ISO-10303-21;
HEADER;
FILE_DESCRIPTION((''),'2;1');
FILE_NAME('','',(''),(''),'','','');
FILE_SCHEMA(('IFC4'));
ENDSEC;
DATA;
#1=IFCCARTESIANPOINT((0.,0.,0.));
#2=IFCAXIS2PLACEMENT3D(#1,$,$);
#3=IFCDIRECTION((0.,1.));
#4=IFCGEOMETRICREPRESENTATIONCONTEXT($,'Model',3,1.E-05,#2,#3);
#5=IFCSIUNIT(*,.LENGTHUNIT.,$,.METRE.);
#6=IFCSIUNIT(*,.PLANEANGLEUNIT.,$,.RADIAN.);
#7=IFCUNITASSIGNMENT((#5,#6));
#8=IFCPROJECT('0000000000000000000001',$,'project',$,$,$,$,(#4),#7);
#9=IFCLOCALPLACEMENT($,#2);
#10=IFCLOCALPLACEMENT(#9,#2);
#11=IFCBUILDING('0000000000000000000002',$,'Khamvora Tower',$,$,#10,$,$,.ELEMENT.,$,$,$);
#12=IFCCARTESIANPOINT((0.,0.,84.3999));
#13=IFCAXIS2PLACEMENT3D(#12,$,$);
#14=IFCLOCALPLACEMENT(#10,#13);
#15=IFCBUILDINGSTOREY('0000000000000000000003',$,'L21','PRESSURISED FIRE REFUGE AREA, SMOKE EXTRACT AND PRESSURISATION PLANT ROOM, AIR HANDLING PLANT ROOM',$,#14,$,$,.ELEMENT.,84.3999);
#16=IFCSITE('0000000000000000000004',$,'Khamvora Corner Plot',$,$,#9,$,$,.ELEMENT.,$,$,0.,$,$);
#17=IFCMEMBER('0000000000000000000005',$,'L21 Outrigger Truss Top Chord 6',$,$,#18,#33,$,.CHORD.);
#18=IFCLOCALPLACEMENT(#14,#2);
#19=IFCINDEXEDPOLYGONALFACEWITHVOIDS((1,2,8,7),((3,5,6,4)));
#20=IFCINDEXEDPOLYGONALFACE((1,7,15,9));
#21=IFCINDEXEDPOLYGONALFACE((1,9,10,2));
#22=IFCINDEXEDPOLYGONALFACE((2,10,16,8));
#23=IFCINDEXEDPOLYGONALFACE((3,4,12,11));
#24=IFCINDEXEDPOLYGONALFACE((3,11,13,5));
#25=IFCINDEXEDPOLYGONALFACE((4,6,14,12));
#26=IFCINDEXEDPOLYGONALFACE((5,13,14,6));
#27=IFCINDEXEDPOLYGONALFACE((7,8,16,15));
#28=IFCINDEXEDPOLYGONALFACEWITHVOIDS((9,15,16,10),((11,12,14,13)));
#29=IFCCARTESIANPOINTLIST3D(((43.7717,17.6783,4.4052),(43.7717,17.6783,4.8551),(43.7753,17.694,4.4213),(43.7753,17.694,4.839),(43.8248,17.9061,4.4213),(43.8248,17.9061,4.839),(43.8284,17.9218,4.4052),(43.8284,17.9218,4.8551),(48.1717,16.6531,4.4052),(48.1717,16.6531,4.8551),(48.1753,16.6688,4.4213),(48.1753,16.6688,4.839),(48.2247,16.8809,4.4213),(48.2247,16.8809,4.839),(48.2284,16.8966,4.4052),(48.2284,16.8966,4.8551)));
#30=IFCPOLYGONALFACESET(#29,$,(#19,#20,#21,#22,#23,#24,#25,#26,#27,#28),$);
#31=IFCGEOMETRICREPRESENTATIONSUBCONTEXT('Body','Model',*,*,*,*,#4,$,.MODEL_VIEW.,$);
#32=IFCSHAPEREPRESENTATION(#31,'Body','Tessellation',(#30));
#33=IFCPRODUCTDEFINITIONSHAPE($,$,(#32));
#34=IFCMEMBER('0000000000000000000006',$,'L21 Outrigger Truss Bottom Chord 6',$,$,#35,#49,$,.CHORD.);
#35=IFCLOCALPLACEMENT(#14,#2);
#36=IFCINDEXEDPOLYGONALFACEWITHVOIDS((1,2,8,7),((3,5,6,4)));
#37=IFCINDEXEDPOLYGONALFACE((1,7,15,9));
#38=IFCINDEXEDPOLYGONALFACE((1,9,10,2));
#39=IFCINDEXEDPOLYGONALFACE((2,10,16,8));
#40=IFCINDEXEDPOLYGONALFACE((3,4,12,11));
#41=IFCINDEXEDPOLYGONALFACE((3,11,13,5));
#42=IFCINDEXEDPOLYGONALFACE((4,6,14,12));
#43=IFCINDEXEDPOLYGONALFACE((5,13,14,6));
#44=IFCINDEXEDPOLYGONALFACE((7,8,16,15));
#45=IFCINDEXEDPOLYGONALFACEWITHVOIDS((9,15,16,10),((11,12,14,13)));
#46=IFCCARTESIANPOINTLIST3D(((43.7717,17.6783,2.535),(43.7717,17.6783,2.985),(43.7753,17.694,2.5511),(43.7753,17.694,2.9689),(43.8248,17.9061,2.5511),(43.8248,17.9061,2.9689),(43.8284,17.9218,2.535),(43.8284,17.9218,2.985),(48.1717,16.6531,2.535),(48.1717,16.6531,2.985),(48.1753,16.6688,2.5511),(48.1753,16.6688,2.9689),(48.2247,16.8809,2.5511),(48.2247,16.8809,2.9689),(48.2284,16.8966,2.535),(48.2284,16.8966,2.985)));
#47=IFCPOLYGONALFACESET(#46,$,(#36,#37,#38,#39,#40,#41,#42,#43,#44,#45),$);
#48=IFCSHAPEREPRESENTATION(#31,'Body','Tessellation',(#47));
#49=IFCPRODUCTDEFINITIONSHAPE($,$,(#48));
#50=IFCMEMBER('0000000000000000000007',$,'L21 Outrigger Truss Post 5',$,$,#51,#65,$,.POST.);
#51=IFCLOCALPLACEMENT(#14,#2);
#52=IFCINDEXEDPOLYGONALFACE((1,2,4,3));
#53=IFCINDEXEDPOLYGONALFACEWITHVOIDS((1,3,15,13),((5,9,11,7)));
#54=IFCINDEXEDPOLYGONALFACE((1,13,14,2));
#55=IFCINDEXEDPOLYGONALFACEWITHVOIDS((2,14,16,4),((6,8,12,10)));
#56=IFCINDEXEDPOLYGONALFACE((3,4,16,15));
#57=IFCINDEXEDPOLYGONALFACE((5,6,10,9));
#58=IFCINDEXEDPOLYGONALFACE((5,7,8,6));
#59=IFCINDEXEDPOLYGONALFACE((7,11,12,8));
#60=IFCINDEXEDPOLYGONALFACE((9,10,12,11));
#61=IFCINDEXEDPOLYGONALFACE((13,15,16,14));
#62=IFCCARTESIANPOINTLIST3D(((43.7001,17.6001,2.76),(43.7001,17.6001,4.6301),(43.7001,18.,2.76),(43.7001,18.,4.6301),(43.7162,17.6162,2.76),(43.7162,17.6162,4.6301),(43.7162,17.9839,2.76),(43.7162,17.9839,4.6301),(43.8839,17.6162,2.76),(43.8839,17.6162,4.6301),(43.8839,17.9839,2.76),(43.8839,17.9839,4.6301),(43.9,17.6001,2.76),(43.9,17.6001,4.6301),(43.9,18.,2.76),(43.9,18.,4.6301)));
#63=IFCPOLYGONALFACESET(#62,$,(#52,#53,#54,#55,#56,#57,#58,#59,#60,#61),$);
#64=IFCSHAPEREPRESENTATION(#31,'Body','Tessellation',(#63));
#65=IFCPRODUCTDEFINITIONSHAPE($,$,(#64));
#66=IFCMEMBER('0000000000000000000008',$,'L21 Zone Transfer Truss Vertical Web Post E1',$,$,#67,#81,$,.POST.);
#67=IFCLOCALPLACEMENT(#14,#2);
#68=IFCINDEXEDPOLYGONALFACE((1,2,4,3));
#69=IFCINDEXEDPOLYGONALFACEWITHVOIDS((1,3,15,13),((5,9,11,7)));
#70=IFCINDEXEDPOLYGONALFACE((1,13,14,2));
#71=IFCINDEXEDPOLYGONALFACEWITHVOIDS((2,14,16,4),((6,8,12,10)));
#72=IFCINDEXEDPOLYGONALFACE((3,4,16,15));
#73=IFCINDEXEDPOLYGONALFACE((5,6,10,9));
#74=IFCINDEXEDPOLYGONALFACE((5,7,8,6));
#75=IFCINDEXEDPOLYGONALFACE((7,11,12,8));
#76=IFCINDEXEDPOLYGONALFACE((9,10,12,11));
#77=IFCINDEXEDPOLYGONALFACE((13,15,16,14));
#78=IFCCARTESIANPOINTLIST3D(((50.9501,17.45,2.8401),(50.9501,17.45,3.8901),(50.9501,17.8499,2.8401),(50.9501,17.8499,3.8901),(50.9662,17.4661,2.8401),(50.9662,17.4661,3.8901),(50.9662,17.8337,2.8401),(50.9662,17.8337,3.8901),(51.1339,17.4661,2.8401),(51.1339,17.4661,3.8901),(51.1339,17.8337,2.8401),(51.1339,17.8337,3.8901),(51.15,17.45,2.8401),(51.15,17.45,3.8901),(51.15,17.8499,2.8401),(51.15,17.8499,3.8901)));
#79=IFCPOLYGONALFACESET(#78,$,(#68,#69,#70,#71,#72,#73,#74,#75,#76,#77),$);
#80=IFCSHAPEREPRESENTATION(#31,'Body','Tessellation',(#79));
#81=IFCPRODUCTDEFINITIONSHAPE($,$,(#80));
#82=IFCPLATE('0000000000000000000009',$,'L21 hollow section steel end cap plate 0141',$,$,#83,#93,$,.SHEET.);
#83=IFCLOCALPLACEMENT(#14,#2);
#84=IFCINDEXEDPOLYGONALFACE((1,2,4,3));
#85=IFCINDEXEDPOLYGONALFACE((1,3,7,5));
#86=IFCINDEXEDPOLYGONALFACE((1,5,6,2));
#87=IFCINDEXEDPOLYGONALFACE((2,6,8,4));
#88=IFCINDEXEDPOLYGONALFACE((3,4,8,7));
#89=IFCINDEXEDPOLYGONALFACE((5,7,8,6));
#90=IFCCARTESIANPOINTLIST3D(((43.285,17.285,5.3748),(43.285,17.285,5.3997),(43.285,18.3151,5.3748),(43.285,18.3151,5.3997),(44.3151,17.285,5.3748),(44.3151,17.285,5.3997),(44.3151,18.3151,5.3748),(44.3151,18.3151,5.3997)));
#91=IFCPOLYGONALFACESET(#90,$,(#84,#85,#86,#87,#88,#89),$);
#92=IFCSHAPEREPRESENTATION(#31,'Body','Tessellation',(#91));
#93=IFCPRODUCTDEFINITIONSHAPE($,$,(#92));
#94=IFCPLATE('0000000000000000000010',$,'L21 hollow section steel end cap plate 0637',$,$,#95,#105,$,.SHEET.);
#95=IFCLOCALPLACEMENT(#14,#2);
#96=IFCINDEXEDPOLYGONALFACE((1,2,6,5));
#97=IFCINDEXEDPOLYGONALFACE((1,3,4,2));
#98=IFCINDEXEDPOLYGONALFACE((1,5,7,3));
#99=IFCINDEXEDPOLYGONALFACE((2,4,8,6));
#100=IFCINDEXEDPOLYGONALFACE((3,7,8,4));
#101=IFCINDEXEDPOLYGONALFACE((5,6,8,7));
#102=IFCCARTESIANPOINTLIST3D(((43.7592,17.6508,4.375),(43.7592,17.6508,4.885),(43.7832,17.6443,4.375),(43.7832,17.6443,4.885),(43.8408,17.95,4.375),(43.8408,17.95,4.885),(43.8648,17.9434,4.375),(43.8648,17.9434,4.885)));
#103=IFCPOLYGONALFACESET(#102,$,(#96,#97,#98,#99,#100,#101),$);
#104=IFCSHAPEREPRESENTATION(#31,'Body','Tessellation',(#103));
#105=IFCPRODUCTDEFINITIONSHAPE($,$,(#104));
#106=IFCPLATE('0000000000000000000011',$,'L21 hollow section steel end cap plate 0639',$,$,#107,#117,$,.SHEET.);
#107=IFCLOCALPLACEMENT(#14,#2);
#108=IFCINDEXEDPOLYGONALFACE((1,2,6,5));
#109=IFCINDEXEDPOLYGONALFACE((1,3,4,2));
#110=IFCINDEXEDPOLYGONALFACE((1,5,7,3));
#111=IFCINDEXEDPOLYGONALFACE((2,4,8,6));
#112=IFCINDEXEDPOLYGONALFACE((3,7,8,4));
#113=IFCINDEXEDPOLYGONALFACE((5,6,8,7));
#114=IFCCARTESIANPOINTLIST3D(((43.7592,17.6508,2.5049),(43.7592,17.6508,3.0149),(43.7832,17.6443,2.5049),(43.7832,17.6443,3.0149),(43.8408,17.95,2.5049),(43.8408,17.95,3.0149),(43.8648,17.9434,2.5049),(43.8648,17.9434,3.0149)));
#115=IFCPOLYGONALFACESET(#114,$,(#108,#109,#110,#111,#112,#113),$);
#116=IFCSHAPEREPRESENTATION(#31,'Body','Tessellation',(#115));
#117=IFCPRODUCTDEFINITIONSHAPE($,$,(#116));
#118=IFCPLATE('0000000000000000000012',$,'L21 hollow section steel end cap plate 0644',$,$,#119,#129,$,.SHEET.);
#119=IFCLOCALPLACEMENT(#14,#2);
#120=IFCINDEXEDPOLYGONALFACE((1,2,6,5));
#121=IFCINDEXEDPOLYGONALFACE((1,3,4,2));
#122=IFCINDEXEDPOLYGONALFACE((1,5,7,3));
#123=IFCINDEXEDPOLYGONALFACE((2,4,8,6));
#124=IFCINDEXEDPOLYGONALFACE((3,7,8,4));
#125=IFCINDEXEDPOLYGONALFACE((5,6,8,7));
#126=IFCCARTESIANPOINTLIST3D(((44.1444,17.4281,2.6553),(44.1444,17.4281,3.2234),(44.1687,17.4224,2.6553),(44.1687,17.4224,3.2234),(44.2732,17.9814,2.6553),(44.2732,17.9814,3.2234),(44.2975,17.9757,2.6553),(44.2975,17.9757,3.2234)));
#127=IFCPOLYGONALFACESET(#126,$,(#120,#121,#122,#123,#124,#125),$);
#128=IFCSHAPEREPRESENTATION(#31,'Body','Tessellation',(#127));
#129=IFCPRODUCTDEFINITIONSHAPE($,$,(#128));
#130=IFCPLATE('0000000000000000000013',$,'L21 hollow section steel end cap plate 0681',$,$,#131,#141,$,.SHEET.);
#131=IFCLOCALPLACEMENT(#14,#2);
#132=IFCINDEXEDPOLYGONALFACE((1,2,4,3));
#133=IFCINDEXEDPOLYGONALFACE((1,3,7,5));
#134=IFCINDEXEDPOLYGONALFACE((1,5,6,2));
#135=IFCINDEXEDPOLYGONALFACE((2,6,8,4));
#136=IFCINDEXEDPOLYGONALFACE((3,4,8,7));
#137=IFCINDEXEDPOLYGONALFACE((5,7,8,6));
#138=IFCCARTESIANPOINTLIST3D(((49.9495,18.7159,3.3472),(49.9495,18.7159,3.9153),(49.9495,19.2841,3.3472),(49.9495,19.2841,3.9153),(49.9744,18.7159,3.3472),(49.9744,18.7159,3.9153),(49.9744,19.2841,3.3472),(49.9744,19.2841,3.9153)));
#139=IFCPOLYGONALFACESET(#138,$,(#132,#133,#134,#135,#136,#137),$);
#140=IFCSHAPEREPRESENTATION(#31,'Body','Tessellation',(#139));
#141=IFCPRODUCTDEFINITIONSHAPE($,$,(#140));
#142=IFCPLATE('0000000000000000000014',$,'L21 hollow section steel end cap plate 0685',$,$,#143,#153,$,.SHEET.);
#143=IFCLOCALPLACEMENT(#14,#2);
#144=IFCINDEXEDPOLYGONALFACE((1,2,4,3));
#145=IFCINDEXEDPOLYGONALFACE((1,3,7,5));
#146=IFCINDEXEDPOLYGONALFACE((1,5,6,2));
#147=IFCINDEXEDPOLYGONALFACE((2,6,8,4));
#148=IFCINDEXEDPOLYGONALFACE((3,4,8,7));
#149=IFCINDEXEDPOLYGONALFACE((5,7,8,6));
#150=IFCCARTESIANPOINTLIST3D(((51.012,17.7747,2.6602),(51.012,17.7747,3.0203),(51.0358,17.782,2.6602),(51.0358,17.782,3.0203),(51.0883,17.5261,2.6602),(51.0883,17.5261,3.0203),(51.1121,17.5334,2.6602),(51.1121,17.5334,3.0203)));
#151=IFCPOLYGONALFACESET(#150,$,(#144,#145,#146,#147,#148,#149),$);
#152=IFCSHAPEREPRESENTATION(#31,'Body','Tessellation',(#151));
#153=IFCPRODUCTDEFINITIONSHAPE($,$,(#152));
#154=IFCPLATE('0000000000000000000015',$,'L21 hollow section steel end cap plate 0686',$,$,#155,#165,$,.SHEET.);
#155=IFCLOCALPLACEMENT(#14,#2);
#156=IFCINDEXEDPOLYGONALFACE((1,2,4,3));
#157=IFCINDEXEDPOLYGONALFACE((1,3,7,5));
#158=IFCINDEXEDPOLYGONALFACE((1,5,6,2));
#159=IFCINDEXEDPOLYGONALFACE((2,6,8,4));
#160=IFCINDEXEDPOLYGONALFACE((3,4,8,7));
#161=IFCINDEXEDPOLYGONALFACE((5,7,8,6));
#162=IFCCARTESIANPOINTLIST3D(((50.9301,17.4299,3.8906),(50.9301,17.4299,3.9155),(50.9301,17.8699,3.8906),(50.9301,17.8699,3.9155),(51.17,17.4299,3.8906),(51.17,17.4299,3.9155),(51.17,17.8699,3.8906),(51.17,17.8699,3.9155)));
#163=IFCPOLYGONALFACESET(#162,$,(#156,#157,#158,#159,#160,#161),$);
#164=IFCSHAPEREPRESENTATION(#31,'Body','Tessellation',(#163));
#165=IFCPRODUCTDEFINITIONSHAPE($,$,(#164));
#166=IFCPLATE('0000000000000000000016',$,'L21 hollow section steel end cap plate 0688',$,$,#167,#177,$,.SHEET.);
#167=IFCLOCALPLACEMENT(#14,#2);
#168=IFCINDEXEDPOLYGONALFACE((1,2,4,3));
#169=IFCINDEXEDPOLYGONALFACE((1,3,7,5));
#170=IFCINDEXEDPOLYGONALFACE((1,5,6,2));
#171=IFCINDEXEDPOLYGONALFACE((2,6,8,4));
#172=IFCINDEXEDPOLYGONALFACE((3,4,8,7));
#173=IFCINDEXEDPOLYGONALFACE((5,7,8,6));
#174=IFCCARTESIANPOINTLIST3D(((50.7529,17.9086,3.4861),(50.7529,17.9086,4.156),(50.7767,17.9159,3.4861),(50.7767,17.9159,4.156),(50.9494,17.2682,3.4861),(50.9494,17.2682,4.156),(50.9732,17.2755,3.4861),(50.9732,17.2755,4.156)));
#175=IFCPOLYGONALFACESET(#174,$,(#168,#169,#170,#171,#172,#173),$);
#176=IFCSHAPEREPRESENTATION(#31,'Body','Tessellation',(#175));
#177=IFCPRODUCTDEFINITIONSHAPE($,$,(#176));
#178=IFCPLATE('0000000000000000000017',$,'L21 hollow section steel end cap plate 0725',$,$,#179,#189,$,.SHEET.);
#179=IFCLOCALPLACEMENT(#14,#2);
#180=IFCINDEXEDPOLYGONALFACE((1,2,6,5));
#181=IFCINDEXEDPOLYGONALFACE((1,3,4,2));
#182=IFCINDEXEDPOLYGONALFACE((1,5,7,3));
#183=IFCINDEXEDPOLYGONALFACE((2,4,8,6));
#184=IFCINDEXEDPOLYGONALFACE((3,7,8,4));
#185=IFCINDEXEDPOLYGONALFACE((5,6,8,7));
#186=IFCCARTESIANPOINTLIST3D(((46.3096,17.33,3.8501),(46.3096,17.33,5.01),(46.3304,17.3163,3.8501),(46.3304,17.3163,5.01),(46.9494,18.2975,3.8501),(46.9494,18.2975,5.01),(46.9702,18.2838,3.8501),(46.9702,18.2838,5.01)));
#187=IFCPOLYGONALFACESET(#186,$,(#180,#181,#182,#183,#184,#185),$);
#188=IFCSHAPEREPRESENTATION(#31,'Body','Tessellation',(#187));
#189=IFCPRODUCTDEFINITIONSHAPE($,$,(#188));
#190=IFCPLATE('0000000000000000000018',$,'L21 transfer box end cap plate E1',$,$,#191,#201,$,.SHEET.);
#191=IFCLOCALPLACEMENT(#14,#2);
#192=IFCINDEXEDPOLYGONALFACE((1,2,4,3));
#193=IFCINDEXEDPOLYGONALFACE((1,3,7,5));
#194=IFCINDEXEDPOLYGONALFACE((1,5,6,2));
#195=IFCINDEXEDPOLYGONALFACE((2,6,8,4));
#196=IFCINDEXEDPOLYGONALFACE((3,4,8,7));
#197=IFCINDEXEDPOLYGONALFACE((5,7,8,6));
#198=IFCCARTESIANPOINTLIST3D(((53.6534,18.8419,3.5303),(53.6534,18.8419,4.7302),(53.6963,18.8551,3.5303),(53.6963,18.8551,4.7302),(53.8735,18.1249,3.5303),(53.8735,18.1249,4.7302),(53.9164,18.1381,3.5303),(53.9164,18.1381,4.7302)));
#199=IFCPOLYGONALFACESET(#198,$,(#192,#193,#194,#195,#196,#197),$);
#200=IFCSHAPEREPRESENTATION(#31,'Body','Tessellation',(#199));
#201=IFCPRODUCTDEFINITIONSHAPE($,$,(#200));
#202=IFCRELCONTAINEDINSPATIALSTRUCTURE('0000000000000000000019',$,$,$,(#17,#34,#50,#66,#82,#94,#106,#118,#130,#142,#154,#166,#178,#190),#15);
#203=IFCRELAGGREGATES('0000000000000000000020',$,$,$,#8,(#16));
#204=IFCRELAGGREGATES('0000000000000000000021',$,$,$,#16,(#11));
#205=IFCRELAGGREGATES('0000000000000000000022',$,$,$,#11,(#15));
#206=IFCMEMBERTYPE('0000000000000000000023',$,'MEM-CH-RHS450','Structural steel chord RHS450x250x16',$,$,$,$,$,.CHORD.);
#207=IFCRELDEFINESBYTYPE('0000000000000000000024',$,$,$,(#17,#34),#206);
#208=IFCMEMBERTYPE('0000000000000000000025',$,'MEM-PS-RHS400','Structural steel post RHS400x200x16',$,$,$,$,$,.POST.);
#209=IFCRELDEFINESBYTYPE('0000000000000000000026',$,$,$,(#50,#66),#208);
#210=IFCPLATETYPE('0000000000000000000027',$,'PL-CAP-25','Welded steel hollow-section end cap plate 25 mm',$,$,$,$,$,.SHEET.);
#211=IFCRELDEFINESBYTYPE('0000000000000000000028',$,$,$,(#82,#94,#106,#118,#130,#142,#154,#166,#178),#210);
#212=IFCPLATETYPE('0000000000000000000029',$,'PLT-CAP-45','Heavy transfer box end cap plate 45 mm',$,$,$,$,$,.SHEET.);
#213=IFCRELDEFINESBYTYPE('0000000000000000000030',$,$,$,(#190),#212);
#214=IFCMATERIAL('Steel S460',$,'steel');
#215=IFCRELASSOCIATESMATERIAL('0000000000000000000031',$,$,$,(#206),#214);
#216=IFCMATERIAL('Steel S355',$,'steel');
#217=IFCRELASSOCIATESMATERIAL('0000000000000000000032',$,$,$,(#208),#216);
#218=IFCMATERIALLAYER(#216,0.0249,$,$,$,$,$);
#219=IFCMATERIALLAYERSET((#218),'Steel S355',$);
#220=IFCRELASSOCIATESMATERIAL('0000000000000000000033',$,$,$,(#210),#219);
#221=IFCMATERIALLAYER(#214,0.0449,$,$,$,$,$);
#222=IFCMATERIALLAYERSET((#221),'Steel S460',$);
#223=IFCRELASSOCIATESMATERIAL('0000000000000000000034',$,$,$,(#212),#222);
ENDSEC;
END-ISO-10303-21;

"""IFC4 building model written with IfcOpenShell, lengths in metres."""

from ifc_helpers import new_model, si_unit, direction, frame, origin, origin_2d, place, context, subcontext, project, spatial, rectangle, hollow_rectangle, extrude, material, layer, layer_set, material_profile, profile_set, type_object, element, save


model = new_model("IFC4")

# Units and contexts
model_context = context("Model", 3, precision=1e-05, world=origin(), true_north=direction((0.0, 1.0)))
body_context = subcontext(model_context, "Body", "Model", "MODEL_VIEW")
ifc_project = project(units=[si_unit("LENGTHUNIT", "METRE"), si_unit("PLANEANGLEUNIT", "RADIAN")], contexts=[model_context])

# Site, building, storey
site_placement = place(None, origin())
site = spatial("IfcSite", under=ifc_project, at=site_placement, Name="Khamvora Corner Plot", CompositionType="ELEMENT", RefElevation=0.0)
building_placement = place(site_placement, origin())
building = spatial("IfcBuilding", under=site, at=building_placement, Name="Khamvora Tower", CompositionType="ELEMENT")
storey_placement = place(building_placement, frame((0.0, 0.0, 84.3999)))
storey = spatial("IfcBuildingStorey", under=building, at=storey_placement, Name="L21", Description="PRESSURISED FIRE REFUGE AREA, SMOKE EXTRACT AND PRESSURISATION PLANT ROOM, AIR HANDLING PLANT ROOM", CompositionType="ELEMENT", Elevation=84.3999)

# Shared definitions
ifc_material_1 = material(Name="Steel S355", Category="steel")

# Shared definitions
ifc_material_2 = material(Name="Steel S460", Category="steel")

# Members
ifc_material_profile_1 = material_profile(ifc_material_2, hollow_rectangle(XDim=0.25, YDim=0.45, WallThickness=0.0161, at=origin_2d()), Name="RHS450x250x16")
ifc_profile_set_1 = profile_set([ifc_material_profile_1], Name="Steel S460")
member_type_1 = type_object("IfcMemberType", Name="MEM-CH-RHS450", Description="Structural steel chord RHS450x250x16", PredefinedType="CHORD", material=ifc_profile_set_1)
for number, where, z_axis, x_axis, name in (
    (1, (43.8, 17.8, 4.6301), (0.973915, -0.226915, 0.0), (0.226915, 0.973915, 0.0), "L21 Outrigger Truss Top Chord 6"),
    (2, (43.8, 17.8, 2.76), (0.973915, -0.226915, 0.0), (0.226915, 0.973915, 0.0), "L21 Outrigger Truss Bottom Chord 6"),
):
    element("IfcMember", number, at=place(storey_placement, frame(where, z_axis=z_axis, x_axis=x_axis)), inside=storey, type_object=member_type_1, Name=name, PredefinedType="CHORD", context=body_context, shape_type="SweptSolid", body=[
        extrude(hollow_rectangle(XDim=0.25, YDim=0.45, WallThickness=0.0161, at=origin_2d()), origin(), (0.0, 0.0, 1.0), 4.5178),
    ])
ifc_material_profile_2 = material_profile(ifc_material_1, hollow_rectangle(XDim=0.2, YDim=0.3999, WallThickness=0.0161, at=origin_2d()), Name="RHS400x200x16")
ifc_profile_set_2 = profile_set([ifc_material_profile_2], Name="Steel S355")
member_type_2 = type_object("IfcMemberType", Name="MEM-PS-RHS400", Description="Structural steel post RHS400x200x16", PredefinedType="POST", material=ifc_profile_set_2)
member_1_placement = place(storey_placement, frame((43.8, 17.8, 2.76), z_axis=(0.0, 0.0, 1.0), x_axis=(1.0, 0.0, 0.0)))
element("IfcMember", 3, at=member_1_placement, inside=storey, type_object=member_type_2, Name="L21 Outrigger Truss Post 5", PredefinedType="POST", context=body_context, shape_type="SweptSolid", body=[
    extrude(hollow_rectangle(XDim=0.2, YDim=0.3999, WallThickness=0.0161, at=origin_2d()), origin(), (0.0, 0.0, 1.0), 1.8701),
])
member_2_placement = place(storey_placement, frame((51.05, 17.6499, 2.8401), z_axis=(0.0, 0.0, 1.0), x_axis=(1.0, 0.0, 0.0)))
element("IfcMember", 4, at=member_2_placement, inside=storey, type_object=member_type_2, Name="L21 Zone Transfer Truss Vertical Web Post E1", PredefinedType="POST", context=body_context, shape_type="SweptSolid", body=[
    extrude(hollow_rectangle(XDim=0.2, YDim=0.3999, WallThickness=0.0161, at=origin_2d()), origin(), (0.0, 0.0, 1.0), 1.05),
])

# Plates
ifc_layer_1 = layer(ifc_material_1, 0.0249)
ifc_layer_set_1 = layer_set([ifc_layer_1], Name="Steel S355")
plate_type_1 = type_object("IfcPlateType", Name="PL-CAP-25", Description="Welded steel hollow-section end cap plate 25 mm", PredefinedType="SHEET", material=ifc_layer_set_1)
plate_1_placement = place(storey_placement, frame((43.8, 17.8, 5.3748), z_axis=(0.0, 0.0, 1.0), x_axis=(1.0, 0.0, 0.0)))
element("IfcPlate", 5, at=plate_1_placement, inside=storey, type_object=plate_type_1, Name="L21 hollow section steel end cap plate 0141", PredefinedType="SHEET", context=body_context, shape_type="SweptSolid", body=[
    extrude(rectangle(XDim=1.03, YDim=1.03, at=origin_2d()), origin(), (0.0, 0.0, 1.0), 0.0249),
])
for number, where, z_axis, x_axis, name in (
    (6, (43.812, 17.7971, 4.375), (0.0, 0.0, 1.0), (0.964764, -0.263115, 0.0), "L21 hollow section steel end cap plate 0637"),
    (7, (43.812, 17.7971, 2.5049), (0.0, 0.0, 1.0), (0.964764, -0.263115, 0.0), "L21 hollow section steel end cap plate 0639"),
):
    element("IfcPlate", number, at=place(storey_placement, frame(where, z_axis=z_axis, x_axis=x_axis)), inside=storey, type_object=plate_type_1, Name=name, PredefinedType="SHEET", context=body_context, shape_type="SweptSolid", body=[
        extrude(rectangle(XDim=0.0249, YDim=0.3101, at=origin_2d()), origin(), (0.0, 0.0, 1.0), 0.51),
    ])
for number, where, z_axis, x_axis, name in (
    (8, (44.2209, 17.7019, 2.6553), (0.0, 0.0, 1.0), (0.973968, -0.226685, 0.0), "L21 hollow section steel end cap plate 0644"),
    (9, (49.9619, 19.0, 3.3472), (0.0, 0.0, 1.0), (1.0, 0.0, 0.0), "L21 hollow section steel end cap plate 0681"),
):
    element("IfcPlate", number, at=place(storey_placement, frame(where, z_axis=z_axis, x_axis=x_axis)), inside=storey, type_object=plate_type_1, Name=name, PredefinedType="SHEET", context=body_context, shape_type="SweptSolid", body=[
        extrude(rectangle(XDim=0.0249, YDim=0.5681, at=origin_2d()), origin(), (0.0, 0.0, 1.0), 0.5681),
    ])
plate_2_placement = place(storey_placement, frame((51.062, 17.6541, 2.6602), z_axis=(0.0, 0.0, 1.0), x_axis=(0.955962, 0.29349, 0.0)))
element("IfcPlate", 10, at=plate_2_placement, inside=storey, type_object=plate_type_1, Name="L21 hollow section steel end cap plate 0685", PredefinedType="SHEET", context=body_context, shape_type="SweptSolid", body=[
    extrude(rectangle(XDim=0.0249, YDim=0.26, at=origin_2d()), origin(), (0.0, 0.0, 1.0), 0.3601),
])
plate_3_placement = place(storey_placement, frame((51.05, 17.6499, 3.8906), z_axis=(0.0, 0.0, 1.0), x_axis=(1.0, 0.0, 0.0)))
element("IfcPlate", 11, at=plate_3_placement, inside=storey, type_object=plate_type_1, Name="L21 hollow section steel end cap plate 0686", PredefinedType="SHEET", context=body_context, shape_type="SweptSolid", body=[
    extrude(rectangle(XDim=0.24, YDim=0.4399, at=origin_2d()), origin(), (0.0, 0.0, 1.0), 0.0249),
])
plate_4_placement = place(storey_placement, frame((50.863, 17.592, 3.4861), z_axis=(0.0, 0.0, 1.0), x_axis=(0.955993, 0.29339, 0.0)))
element("IfcPlate", 12, at=plate_4_placement, inside=storey, type_object=plate_type_1, Name="L21 hollow section steel end cap plate 0688", PredefinedType="SHEET", context=body_context, shape_type="SweptSolid", body=[
    extrude(rectangle(XDim=0.0249, YDim=0.6699, at=origin_2d()), origin(), (0.0, 0.0, 1.0), 0.6699),
])
plate_5_placement = place(storey_placement, frame((46.6399, 17.8069, 3.8501), z_axis=(0.0, 0.0, 1.0), x_axis=(-0.834117, 0.551588, 0.0)))
element("IfcPlate", 13, at=plate_5_placement, inside=storey, type_object=plate_type_1, Name="L21 hollow section steel end cap plate 0725", PredefinedType="SHEET", context=body_context, shape_type="SweptSolid", body=[
    extrude(rectangle(XDim=0.0249, YDim=1.1599, at=origin_2d()), origin(), (0.0, 0.0, 1.0), 1.1599),
])
ifc_layer_2 = layer(ifc_material_2, 0.0449)
ifc_layer_set_2 = layer_set([ifc_layer_2], Name="Steel S460")
plate_type_2 = type_object("IfcPlateType", Name="PLT-CAP-45", Description="Heavy transfer box end cap plate 45 mm", PredefinedType="SHEET", material=ifc_layer_set_2)
plate_6_placement = place(storey_placement, frame((53.7849, 18.49, 3.5303), z_axis=(0.0, 0.0, 1.0), x_axis=(0.95596, 0.293497, 0.0)))
element("IfcPlate", 14, at=plate_6_placement, inside=storey, type_object=plate_type_2, Name="L21 transfer box end cap plate E1", PredefinedType="SHEET", context=body_context, shape_type="SweptSolid", body=[
    extrude(rectangle(XDim=0.0449, YDim=0.75, at=origin_2d()), origin(), (0.0, 0.0, 1.0), 1.2),
])

save(model, "model.ifc")
